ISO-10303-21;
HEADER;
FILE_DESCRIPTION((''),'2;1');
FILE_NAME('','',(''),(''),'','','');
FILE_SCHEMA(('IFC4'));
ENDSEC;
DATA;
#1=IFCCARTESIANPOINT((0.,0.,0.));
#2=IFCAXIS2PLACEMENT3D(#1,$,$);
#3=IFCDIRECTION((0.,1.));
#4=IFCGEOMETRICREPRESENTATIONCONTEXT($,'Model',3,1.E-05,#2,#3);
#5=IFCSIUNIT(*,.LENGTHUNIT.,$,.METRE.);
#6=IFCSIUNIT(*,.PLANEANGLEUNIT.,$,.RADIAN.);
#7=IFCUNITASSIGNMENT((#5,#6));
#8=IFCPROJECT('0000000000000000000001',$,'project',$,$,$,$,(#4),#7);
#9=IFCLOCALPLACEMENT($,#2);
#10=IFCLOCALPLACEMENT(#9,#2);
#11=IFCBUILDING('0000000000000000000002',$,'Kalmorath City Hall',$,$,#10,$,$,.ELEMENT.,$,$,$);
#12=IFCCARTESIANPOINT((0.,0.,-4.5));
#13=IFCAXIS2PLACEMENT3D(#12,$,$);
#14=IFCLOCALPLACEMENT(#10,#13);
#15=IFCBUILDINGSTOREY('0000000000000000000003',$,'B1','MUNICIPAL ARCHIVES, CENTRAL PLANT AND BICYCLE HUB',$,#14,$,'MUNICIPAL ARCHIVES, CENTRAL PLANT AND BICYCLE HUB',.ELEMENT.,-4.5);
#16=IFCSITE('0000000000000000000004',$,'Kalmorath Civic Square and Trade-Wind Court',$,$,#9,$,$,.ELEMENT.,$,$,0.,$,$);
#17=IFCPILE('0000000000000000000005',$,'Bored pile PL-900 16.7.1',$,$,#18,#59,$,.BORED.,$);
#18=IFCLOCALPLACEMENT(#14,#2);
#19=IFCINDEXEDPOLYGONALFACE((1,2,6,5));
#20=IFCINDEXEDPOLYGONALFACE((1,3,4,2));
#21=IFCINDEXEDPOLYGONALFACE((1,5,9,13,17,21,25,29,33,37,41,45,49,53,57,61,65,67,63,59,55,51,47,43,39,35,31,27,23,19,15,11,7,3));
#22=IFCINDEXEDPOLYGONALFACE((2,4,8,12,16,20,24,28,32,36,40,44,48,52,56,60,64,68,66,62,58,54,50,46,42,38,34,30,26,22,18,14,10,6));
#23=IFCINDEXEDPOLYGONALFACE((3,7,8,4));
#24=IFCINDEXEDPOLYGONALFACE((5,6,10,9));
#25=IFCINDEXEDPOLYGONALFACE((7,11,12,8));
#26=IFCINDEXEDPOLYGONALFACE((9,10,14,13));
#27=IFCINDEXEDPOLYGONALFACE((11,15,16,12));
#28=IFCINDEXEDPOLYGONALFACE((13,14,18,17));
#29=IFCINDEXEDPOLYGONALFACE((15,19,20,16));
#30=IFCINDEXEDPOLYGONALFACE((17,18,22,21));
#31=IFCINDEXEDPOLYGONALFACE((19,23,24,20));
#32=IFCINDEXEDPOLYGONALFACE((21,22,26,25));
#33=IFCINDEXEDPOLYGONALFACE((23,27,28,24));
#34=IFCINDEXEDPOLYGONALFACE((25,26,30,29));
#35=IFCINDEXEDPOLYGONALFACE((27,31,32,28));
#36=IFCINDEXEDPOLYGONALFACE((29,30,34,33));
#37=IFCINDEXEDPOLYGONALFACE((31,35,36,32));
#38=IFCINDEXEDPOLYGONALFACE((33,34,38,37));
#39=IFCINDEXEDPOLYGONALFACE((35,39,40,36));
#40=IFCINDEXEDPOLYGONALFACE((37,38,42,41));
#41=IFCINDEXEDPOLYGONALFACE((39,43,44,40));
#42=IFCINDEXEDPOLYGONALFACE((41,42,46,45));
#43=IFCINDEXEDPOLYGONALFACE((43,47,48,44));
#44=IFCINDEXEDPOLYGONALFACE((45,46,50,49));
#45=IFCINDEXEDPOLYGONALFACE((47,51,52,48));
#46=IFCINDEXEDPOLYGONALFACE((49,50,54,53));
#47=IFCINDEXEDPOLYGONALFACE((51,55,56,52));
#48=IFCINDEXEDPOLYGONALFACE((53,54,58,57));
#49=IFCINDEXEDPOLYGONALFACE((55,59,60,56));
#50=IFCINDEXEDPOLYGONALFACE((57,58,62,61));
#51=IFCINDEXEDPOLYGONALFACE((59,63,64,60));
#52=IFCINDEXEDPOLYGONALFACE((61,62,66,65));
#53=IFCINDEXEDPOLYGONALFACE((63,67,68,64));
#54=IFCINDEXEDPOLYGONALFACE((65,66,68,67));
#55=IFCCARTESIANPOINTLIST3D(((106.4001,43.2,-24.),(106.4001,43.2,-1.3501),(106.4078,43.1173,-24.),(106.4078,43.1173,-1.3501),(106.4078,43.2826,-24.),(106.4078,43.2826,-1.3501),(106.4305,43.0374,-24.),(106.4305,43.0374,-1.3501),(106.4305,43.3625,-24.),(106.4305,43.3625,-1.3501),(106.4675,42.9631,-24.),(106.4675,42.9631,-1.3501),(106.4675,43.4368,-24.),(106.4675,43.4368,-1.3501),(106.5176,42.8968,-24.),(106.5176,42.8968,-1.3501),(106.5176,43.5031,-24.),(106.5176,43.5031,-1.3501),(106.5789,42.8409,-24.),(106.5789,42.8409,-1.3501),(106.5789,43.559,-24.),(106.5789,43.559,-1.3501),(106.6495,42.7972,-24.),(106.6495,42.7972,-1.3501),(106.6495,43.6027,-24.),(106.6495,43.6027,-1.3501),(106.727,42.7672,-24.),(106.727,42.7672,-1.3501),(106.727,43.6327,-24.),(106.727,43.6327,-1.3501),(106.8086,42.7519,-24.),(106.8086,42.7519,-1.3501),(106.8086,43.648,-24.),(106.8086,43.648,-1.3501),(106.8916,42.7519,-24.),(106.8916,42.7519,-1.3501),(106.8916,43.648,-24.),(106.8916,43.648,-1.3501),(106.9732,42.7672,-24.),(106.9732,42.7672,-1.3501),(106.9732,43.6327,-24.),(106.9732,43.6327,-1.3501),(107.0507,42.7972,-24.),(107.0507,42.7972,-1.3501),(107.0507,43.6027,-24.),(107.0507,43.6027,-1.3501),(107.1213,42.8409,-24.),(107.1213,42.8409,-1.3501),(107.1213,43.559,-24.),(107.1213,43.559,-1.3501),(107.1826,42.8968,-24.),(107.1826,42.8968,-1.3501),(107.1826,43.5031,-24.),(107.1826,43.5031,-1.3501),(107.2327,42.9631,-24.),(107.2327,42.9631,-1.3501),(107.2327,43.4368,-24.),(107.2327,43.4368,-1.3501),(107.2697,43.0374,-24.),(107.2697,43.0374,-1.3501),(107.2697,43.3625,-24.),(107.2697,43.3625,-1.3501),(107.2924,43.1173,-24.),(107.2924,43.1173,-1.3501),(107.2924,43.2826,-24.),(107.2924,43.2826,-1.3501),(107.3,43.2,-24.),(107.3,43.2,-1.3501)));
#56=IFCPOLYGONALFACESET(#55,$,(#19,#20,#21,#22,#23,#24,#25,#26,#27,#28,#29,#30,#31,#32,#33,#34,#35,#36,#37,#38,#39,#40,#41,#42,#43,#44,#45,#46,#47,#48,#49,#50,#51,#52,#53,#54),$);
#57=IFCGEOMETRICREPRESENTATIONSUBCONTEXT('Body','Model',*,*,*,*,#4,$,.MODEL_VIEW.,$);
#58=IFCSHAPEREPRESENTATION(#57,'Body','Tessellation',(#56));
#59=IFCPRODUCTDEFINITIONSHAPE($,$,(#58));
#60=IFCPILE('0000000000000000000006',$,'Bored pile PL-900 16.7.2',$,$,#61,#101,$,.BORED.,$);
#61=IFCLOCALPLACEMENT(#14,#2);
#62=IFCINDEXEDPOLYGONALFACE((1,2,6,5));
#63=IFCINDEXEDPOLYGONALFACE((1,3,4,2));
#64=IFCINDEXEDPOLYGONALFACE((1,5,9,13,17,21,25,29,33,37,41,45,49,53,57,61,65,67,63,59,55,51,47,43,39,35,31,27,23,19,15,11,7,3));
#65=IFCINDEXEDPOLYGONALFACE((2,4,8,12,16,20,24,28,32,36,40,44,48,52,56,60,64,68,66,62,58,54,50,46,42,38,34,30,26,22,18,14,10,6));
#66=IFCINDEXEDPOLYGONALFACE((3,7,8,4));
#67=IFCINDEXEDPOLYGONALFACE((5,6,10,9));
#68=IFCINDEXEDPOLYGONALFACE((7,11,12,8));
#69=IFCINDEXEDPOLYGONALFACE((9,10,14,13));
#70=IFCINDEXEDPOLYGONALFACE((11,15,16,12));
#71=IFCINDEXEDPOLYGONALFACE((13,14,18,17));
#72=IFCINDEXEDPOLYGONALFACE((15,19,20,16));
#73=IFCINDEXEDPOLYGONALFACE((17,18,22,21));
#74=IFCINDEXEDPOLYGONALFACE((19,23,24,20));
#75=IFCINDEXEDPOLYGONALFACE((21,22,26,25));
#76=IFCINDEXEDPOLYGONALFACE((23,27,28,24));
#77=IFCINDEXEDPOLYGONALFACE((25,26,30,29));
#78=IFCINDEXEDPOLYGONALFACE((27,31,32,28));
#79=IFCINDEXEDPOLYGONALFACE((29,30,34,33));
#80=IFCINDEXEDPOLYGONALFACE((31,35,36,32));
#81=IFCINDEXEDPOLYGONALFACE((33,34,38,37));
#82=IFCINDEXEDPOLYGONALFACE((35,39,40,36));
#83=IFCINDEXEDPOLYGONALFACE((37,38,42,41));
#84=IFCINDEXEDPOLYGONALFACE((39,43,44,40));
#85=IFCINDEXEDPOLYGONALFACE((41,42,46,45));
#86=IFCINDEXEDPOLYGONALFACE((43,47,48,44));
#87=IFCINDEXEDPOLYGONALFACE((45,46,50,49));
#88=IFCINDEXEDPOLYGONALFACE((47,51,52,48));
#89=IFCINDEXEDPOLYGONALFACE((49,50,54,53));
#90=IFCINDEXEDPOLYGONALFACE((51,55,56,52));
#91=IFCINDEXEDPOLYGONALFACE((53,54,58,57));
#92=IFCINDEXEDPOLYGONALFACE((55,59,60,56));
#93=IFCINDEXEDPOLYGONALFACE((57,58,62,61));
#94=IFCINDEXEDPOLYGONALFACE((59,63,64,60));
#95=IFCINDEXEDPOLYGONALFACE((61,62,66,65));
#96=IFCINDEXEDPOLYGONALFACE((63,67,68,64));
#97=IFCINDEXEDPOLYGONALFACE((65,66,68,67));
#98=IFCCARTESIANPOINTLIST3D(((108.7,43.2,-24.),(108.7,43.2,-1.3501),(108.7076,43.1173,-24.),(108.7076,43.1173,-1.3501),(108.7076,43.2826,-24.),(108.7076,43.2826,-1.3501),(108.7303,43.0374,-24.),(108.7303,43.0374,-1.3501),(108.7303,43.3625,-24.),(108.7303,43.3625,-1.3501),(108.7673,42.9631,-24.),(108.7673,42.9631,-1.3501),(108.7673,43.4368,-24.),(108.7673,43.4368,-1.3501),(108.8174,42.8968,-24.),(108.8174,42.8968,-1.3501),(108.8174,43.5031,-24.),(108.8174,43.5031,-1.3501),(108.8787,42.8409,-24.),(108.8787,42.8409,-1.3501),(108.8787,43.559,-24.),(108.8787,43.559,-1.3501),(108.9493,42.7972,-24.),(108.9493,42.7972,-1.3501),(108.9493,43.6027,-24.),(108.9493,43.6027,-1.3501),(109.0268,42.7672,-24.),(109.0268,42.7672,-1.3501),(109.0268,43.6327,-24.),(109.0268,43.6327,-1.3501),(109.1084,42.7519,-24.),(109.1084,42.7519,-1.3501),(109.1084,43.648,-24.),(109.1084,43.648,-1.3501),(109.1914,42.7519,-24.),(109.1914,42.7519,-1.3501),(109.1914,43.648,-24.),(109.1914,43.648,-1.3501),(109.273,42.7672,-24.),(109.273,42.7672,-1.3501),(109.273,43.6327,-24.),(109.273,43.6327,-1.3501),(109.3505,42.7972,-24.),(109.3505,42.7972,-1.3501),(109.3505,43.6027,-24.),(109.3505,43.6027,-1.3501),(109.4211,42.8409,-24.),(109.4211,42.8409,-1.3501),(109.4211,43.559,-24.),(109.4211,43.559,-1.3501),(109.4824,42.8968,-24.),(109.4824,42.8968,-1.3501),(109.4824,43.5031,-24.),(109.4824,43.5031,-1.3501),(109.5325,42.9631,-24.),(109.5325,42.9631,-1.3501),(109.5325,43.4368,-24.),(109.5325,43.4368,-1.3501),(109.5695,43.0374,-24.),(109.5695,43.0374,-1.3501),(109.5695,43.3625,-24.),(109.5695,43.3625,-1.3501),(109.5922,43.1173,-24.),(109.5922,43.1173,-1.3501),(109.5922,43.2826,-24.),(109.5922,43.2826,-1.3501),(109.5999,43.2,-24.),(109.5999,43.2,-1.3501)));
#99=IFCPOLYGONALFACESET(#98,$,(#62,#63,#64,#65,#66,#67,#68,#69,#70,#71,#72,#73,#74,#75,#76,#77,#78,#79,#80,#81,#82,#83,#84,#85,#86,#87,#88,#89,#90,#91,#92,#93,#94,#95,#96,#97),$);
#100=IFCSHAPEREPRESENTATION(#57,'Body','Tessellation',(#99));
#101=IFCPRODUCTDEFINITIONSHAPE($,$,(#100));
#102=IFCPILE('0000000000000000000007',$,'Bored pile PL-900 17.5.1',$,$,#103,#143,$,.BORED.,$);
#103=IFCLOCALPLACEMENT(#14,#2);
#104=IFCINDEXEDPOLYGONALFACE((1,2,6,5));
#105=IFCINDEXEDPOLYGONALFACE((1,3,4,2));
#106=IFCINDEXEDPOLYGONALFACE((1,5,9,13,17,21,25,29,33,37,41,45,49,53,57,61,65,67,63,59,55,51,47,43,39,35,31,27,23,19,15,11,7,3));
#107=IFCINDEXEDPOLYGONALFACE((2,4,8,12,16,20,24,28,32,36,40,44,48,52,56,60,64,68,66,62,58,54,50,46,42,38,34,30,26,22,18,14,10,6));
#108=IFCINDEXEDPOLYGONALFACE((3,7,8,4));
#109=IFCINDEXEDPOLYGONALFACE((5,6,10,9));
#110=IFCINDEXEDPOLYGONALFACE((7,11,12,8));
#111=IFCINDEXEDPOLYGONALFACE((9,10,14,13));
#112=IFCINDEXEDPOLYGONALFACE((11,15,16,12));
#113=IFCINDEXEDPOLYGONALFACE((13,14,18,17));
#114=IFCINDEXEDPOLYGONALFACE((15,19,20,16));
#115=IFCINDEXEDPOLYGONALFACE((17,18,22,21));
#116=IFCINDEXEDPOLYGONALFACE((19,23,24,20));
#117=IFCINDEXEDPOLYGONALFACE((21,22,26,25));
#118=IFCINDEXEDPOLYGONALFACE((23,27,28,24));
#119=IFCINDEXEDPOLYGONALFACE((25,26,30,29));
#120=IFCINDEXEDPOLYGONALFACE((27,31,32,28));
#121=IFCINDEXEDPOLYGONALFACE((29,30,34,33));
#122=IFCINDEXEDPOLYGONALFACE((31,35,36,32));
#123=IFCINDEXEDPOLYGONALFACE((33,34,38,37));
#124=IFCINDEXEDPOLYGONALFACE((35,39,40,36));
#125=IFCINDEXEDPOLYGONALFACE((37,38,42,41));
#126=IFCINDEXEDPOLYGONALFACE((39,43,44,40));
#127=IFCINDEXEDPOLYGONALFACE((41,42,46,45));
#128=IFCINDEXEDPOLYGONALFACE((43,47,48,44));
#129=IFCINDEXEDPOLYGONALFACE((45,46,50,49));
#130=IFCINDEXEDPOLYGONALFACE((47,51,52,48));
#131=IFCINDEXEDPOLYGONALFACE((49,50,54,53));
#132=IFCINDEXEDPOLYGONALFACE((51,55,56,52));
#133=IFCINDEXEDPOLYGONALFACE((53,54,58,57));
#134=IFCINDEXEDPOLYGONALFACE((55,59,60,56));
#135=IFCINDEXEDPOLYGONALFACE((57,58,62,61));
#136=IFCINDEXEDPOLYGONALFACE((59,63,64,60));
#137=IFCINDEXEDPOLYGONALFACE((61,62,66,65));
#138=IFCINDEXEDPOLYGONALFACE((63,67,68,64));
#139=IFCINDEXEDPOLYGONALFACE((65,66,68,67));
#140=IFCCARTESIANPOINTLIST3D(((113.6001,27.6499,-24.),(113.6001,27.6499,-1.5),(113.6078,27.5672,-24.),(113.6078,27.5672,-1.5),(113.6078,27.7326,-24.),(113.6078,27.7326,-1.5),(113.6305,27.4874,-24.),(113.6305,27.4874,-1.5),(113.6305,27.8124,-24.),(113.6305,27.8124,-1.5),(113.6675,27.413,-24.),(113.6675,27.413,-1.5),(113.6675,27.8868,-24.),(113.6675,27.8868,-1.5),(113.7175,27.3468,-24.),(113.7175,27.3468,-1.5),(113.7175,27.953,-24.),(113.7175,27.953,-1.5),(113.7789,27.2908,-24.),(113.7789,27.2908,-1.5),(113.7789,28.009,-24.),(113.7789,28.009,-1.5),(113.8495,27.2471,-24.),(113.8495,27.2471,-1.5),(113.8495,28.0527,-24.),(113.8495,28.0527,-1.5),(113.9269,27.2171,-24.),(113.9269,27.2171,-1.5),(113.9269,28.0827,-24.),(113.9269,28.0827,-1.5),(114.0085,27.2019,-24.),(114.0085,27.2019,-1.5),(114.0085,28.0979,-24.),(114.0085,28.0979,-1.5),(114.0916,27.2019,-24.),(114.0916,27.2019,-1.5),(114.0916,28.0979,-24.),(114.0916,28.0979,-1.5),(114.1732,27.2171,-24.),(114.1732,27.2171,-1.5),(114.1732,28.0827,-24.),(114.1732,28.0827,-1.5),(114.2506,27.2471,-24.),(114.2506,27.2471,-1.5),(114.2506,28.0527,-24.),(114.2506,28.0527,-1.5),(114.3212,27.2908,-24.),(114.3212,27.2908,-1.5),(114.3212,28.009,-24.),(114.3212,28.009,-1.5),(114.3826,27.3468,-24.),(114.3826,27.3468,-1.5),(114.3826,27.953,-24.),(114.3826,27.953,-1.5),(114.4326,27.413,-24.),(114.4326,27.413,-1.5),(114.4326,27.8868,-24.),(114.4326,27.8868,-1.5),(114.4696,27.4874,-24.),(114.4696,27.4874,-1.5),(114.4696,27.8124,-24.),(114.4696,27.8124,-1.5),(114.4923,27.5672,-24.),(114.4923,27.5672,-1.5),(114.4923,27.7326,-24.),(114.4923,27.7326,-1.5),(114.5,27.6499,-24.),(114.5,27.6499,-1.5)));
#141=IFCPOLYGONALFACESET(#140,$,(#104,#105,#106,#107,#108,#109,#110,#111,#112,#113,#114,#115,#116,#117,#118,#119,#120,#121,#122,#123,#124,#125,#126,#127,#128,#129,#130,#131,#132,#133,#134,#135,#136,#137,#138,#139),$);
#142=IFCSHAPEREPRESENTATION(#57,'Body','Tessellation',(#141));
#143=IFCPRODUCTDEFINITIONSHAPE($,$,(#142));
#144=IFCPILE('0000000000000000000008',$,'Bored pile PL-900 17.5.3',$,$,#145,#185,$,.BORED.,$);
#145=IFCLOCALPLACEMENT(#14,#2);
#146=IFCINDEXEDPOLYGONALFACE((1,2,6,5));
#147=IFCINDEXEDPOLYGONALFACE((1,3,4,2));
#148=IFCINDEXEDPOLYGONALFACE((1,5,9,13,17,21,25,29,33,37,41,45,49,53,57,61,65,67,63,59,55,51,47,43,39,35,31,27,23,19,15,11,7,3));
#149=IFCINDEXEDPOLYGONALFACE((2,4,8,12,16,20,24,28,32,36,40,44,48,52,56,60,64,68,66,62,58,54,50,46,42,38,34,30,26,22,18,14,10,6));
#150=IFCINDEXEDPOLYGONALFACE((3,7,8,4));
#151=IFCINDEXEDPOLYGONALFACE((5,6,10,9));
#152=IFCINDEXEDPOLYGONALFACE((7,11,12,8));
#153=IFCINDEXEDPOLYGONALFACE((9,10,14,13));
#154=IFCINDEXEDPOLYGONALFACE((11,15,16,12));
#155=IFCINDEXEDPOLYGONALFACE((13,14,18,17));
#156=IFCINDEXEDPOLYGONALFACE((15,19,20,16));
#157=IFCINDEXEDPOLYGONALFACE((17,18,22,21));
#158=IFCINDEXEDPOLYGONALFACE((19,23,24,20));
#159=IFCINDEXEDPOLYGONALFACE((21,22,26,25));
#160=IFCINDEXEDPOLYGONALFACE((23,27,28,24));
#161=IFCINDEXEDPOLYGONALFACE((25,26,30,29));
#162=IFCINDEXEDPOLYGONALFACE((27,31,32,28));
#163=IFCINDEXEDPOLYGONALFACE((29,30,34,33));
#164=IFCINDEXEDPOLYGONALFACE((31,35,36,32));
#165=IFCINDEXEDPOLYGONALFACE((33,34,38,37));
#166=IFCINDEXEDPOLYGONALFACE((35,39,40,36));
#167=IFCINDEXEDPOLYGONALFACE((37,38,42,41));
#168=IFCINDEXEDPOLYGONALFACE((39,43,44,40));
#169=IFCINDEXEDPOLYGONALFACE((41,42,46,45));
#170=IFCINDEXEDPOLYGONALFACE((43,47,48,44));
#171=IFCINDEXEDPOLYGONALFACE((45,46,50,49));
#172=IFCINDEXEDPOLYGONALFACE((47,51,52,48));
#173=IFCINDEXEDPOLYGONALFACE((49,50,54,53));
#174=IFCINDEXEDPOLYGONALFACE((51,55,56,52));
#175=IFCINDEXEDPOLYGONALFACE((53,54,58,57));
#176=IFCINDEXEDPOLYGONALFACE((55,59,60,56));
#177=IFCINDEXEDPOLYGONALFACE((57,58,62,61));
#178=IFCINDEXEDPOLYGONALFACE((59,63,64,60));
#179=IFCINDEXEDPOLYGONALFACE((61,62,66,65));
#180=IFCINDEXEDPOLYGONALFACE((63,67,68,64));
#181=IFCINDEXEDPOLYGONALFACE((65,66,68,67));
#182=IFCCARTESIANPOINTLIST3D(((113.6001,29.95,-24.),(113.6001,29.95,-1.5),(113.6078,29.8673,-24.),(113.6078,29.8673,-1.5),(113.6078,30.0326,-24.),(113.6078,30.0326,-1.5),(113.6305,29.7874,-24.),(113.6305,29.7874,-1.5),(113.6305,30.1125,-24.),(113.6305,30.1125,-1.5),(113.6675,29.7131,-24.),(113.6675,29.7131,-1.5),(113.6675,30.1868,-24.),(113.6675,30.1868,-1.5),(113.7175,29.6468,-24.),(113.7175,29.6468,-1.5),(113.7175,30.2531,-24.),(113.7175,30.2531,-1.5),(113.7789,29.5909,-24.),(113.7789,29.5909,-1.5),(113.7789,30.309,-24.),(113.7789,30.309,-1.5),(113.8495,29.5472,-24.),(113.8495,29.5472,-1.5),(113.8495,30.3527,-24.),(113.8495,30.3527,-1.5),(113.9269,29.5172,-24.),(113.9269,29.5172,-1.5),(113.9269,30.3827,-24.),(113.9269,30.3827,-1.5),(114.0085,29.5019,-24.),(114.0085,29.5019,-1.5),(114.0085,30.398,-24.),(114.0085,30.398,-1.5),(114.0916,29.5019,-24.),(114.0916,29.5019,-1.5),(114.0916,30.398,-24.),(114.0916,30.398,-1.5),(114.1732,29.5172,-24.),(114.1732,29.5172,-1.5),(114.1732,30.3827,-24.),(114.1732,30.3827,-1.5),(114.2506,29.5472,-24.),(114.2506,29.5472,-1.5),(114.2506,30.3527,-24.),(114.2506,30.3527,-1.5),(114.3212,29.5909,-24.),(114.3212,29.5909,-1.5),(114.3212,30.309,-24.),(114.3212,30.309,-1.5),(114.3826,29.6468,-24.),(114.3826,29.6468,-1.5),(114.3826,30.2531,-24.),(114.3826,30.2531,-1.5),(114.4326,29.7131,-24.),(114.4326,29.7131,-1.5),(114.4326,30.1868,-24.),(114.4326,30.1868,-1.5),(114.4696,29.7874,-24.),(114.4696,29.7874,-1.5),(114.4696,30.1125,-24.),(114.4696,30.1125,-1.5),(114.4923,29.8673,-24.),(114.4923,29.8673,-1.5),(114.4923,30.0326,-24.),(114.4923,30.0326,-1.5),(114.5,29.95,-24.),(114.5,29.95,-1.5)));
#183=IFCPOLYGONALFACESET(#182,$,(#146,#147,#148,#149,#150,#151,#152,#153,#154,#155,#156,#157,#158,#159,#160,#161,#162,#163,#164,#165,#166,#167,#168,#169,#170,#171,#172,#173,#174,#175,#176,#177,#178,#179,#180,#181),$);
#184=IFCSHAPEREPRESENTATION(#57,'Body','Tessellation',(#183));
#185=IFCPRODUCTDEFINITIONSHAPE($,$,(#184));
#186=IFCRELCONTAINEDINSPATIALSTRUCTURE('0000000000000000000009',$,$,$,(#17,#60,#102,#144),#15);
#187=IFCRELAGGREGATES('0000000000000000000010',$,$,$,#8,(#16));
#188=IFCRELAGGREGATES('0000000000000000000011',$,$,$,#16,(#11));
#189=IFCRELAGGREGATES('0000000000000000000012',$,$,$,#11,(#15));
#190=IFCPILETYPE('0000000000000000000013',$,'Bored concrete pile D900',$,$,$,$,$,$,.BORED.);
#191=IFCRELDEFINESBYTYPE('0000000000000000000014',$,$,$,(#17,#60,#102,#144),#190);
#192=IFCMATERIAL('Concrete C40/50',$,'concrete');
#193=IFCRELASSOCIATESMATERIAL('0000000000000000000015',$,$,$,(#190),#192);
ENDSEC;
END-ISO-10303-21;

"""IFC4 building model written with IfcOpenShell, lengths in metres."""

from ifc_helpers import new_model, si_unit, direction, frame, origin, origin_2d, place, context, subcontext, project, spatial, circle, extrude, material, material_profile, profile_set, type_object, element, save


model = new_model("IFC4")

# Units and contexts
model_context = context("Model", 3, precision=1e-05, world=origin(), true_north=direction((0.0, 1.0)))
body_context = subcontext(model_context, "Body", "Model", "MODEL_VIEW")
ifc_project = project(units=[si_unit("LENGTHUNIT", "METRE"), si_unit("PLANEANGLEUNIT", "RADIAN")], contexts=[model_context])

# Site, building, storey
site_placement = place(None, origin())
site = spatial("IfcSite", under=ifc_project, at=site_placement, Name="Kalmorath Civic Square and Trade-Wind Court", CompositionType="ELEMENT", RefElevation=0.0)
building_placement = place(site_placement, origin())
building = spatial("IfcBuilding", under=site, at=building_placement, Name="Kalmorath City Hall", CompositionType="ELEMENT")
storey_placement = place(building_placement, frame((0.0, 0.0, -4.5)))
storey = spatial("IfcBuildingStorey", under=building, at=storey_placement, Name="B1", Description="MUNICIPAL ARCHIVES, CENTRAL PLANT AND BICYCLE HUB", LongName="MUNICIPAL ARCHIVES, CENTRAL PLANT AND BICYCLE HUB", CompositionType="ELEMENT", Elevation=-4.5)

# Piles
ifc_material_1 = material(Name="Concrete C40/50", Category="concrete")
ifc_material_profile_1 = material_profile(ifc_material_1, circle(Radius=0.45, at=origin_2d()), Name="PILE-D900")
ifc_profile_set_1 = profile_set([ifc_material_profile_1], Name="Concrete C40/50")
pile_type = type_object("IfcPileType", Name="Bored concrete pile D900", PredefinedType="BORED", material=ifc_profile_set_1)
for number, where, z_axis, x_axis, name in (
    (1, (106.8501, 43.2, -1.3501), (0.0, 0.0, -1.0), (1.0, 0.0, 0.0), "Bored pile PL-900 16.7.1"),
    (2, (109.1499, 43.2, -1.3501), (0.0, 0.0, -1.0), (1.0, 0.0, 0.0), "Bored pile PL-900 16.7.2"),
):
    element("IfcPile", number, at=place(storey_placement, frame(where, z_axis=z_axis, x_axis=x_axis)), inside=storey, type_object=pile_type, Name=name, PredefinedType="BORED", context=body_context, shape_type="SweptSolid", body=[
        extrude(circle(Radius=0.45, at=origin_2d()), origin(), (0.0, 0.0, 1.0), 22.6499),
    ])
for number, where, z_axis, x_axis, name in (
    (3, (114.05, 27.6499, -1.5), (0.0, 0.0, -1.0), (1.0, 0.0, 0.0), "Bored pile PL-900 17.5.1"),
    (4, (114.05, 29.95, -1.5), (0.0, 0.0, -1.0), (1.0, 0.0, 0.0), "Bored pile PL-900 17.5.3"),
):
    element("IfcPile", number, at=place(storey_placement, frame(where, z_axis=z_axis, x_axis=x_axis)), inside=storey, type_object=pile_type, Name=name, PredefinedType="BORED", context=body_context, shape_type="SweptSolid", body=[
        extrude(circle(Radius=0.45, at=origin_2d()), origin(), (0.0, 0.0, 1.0), 22.5),
    ])

save(model, "model.ifc")
